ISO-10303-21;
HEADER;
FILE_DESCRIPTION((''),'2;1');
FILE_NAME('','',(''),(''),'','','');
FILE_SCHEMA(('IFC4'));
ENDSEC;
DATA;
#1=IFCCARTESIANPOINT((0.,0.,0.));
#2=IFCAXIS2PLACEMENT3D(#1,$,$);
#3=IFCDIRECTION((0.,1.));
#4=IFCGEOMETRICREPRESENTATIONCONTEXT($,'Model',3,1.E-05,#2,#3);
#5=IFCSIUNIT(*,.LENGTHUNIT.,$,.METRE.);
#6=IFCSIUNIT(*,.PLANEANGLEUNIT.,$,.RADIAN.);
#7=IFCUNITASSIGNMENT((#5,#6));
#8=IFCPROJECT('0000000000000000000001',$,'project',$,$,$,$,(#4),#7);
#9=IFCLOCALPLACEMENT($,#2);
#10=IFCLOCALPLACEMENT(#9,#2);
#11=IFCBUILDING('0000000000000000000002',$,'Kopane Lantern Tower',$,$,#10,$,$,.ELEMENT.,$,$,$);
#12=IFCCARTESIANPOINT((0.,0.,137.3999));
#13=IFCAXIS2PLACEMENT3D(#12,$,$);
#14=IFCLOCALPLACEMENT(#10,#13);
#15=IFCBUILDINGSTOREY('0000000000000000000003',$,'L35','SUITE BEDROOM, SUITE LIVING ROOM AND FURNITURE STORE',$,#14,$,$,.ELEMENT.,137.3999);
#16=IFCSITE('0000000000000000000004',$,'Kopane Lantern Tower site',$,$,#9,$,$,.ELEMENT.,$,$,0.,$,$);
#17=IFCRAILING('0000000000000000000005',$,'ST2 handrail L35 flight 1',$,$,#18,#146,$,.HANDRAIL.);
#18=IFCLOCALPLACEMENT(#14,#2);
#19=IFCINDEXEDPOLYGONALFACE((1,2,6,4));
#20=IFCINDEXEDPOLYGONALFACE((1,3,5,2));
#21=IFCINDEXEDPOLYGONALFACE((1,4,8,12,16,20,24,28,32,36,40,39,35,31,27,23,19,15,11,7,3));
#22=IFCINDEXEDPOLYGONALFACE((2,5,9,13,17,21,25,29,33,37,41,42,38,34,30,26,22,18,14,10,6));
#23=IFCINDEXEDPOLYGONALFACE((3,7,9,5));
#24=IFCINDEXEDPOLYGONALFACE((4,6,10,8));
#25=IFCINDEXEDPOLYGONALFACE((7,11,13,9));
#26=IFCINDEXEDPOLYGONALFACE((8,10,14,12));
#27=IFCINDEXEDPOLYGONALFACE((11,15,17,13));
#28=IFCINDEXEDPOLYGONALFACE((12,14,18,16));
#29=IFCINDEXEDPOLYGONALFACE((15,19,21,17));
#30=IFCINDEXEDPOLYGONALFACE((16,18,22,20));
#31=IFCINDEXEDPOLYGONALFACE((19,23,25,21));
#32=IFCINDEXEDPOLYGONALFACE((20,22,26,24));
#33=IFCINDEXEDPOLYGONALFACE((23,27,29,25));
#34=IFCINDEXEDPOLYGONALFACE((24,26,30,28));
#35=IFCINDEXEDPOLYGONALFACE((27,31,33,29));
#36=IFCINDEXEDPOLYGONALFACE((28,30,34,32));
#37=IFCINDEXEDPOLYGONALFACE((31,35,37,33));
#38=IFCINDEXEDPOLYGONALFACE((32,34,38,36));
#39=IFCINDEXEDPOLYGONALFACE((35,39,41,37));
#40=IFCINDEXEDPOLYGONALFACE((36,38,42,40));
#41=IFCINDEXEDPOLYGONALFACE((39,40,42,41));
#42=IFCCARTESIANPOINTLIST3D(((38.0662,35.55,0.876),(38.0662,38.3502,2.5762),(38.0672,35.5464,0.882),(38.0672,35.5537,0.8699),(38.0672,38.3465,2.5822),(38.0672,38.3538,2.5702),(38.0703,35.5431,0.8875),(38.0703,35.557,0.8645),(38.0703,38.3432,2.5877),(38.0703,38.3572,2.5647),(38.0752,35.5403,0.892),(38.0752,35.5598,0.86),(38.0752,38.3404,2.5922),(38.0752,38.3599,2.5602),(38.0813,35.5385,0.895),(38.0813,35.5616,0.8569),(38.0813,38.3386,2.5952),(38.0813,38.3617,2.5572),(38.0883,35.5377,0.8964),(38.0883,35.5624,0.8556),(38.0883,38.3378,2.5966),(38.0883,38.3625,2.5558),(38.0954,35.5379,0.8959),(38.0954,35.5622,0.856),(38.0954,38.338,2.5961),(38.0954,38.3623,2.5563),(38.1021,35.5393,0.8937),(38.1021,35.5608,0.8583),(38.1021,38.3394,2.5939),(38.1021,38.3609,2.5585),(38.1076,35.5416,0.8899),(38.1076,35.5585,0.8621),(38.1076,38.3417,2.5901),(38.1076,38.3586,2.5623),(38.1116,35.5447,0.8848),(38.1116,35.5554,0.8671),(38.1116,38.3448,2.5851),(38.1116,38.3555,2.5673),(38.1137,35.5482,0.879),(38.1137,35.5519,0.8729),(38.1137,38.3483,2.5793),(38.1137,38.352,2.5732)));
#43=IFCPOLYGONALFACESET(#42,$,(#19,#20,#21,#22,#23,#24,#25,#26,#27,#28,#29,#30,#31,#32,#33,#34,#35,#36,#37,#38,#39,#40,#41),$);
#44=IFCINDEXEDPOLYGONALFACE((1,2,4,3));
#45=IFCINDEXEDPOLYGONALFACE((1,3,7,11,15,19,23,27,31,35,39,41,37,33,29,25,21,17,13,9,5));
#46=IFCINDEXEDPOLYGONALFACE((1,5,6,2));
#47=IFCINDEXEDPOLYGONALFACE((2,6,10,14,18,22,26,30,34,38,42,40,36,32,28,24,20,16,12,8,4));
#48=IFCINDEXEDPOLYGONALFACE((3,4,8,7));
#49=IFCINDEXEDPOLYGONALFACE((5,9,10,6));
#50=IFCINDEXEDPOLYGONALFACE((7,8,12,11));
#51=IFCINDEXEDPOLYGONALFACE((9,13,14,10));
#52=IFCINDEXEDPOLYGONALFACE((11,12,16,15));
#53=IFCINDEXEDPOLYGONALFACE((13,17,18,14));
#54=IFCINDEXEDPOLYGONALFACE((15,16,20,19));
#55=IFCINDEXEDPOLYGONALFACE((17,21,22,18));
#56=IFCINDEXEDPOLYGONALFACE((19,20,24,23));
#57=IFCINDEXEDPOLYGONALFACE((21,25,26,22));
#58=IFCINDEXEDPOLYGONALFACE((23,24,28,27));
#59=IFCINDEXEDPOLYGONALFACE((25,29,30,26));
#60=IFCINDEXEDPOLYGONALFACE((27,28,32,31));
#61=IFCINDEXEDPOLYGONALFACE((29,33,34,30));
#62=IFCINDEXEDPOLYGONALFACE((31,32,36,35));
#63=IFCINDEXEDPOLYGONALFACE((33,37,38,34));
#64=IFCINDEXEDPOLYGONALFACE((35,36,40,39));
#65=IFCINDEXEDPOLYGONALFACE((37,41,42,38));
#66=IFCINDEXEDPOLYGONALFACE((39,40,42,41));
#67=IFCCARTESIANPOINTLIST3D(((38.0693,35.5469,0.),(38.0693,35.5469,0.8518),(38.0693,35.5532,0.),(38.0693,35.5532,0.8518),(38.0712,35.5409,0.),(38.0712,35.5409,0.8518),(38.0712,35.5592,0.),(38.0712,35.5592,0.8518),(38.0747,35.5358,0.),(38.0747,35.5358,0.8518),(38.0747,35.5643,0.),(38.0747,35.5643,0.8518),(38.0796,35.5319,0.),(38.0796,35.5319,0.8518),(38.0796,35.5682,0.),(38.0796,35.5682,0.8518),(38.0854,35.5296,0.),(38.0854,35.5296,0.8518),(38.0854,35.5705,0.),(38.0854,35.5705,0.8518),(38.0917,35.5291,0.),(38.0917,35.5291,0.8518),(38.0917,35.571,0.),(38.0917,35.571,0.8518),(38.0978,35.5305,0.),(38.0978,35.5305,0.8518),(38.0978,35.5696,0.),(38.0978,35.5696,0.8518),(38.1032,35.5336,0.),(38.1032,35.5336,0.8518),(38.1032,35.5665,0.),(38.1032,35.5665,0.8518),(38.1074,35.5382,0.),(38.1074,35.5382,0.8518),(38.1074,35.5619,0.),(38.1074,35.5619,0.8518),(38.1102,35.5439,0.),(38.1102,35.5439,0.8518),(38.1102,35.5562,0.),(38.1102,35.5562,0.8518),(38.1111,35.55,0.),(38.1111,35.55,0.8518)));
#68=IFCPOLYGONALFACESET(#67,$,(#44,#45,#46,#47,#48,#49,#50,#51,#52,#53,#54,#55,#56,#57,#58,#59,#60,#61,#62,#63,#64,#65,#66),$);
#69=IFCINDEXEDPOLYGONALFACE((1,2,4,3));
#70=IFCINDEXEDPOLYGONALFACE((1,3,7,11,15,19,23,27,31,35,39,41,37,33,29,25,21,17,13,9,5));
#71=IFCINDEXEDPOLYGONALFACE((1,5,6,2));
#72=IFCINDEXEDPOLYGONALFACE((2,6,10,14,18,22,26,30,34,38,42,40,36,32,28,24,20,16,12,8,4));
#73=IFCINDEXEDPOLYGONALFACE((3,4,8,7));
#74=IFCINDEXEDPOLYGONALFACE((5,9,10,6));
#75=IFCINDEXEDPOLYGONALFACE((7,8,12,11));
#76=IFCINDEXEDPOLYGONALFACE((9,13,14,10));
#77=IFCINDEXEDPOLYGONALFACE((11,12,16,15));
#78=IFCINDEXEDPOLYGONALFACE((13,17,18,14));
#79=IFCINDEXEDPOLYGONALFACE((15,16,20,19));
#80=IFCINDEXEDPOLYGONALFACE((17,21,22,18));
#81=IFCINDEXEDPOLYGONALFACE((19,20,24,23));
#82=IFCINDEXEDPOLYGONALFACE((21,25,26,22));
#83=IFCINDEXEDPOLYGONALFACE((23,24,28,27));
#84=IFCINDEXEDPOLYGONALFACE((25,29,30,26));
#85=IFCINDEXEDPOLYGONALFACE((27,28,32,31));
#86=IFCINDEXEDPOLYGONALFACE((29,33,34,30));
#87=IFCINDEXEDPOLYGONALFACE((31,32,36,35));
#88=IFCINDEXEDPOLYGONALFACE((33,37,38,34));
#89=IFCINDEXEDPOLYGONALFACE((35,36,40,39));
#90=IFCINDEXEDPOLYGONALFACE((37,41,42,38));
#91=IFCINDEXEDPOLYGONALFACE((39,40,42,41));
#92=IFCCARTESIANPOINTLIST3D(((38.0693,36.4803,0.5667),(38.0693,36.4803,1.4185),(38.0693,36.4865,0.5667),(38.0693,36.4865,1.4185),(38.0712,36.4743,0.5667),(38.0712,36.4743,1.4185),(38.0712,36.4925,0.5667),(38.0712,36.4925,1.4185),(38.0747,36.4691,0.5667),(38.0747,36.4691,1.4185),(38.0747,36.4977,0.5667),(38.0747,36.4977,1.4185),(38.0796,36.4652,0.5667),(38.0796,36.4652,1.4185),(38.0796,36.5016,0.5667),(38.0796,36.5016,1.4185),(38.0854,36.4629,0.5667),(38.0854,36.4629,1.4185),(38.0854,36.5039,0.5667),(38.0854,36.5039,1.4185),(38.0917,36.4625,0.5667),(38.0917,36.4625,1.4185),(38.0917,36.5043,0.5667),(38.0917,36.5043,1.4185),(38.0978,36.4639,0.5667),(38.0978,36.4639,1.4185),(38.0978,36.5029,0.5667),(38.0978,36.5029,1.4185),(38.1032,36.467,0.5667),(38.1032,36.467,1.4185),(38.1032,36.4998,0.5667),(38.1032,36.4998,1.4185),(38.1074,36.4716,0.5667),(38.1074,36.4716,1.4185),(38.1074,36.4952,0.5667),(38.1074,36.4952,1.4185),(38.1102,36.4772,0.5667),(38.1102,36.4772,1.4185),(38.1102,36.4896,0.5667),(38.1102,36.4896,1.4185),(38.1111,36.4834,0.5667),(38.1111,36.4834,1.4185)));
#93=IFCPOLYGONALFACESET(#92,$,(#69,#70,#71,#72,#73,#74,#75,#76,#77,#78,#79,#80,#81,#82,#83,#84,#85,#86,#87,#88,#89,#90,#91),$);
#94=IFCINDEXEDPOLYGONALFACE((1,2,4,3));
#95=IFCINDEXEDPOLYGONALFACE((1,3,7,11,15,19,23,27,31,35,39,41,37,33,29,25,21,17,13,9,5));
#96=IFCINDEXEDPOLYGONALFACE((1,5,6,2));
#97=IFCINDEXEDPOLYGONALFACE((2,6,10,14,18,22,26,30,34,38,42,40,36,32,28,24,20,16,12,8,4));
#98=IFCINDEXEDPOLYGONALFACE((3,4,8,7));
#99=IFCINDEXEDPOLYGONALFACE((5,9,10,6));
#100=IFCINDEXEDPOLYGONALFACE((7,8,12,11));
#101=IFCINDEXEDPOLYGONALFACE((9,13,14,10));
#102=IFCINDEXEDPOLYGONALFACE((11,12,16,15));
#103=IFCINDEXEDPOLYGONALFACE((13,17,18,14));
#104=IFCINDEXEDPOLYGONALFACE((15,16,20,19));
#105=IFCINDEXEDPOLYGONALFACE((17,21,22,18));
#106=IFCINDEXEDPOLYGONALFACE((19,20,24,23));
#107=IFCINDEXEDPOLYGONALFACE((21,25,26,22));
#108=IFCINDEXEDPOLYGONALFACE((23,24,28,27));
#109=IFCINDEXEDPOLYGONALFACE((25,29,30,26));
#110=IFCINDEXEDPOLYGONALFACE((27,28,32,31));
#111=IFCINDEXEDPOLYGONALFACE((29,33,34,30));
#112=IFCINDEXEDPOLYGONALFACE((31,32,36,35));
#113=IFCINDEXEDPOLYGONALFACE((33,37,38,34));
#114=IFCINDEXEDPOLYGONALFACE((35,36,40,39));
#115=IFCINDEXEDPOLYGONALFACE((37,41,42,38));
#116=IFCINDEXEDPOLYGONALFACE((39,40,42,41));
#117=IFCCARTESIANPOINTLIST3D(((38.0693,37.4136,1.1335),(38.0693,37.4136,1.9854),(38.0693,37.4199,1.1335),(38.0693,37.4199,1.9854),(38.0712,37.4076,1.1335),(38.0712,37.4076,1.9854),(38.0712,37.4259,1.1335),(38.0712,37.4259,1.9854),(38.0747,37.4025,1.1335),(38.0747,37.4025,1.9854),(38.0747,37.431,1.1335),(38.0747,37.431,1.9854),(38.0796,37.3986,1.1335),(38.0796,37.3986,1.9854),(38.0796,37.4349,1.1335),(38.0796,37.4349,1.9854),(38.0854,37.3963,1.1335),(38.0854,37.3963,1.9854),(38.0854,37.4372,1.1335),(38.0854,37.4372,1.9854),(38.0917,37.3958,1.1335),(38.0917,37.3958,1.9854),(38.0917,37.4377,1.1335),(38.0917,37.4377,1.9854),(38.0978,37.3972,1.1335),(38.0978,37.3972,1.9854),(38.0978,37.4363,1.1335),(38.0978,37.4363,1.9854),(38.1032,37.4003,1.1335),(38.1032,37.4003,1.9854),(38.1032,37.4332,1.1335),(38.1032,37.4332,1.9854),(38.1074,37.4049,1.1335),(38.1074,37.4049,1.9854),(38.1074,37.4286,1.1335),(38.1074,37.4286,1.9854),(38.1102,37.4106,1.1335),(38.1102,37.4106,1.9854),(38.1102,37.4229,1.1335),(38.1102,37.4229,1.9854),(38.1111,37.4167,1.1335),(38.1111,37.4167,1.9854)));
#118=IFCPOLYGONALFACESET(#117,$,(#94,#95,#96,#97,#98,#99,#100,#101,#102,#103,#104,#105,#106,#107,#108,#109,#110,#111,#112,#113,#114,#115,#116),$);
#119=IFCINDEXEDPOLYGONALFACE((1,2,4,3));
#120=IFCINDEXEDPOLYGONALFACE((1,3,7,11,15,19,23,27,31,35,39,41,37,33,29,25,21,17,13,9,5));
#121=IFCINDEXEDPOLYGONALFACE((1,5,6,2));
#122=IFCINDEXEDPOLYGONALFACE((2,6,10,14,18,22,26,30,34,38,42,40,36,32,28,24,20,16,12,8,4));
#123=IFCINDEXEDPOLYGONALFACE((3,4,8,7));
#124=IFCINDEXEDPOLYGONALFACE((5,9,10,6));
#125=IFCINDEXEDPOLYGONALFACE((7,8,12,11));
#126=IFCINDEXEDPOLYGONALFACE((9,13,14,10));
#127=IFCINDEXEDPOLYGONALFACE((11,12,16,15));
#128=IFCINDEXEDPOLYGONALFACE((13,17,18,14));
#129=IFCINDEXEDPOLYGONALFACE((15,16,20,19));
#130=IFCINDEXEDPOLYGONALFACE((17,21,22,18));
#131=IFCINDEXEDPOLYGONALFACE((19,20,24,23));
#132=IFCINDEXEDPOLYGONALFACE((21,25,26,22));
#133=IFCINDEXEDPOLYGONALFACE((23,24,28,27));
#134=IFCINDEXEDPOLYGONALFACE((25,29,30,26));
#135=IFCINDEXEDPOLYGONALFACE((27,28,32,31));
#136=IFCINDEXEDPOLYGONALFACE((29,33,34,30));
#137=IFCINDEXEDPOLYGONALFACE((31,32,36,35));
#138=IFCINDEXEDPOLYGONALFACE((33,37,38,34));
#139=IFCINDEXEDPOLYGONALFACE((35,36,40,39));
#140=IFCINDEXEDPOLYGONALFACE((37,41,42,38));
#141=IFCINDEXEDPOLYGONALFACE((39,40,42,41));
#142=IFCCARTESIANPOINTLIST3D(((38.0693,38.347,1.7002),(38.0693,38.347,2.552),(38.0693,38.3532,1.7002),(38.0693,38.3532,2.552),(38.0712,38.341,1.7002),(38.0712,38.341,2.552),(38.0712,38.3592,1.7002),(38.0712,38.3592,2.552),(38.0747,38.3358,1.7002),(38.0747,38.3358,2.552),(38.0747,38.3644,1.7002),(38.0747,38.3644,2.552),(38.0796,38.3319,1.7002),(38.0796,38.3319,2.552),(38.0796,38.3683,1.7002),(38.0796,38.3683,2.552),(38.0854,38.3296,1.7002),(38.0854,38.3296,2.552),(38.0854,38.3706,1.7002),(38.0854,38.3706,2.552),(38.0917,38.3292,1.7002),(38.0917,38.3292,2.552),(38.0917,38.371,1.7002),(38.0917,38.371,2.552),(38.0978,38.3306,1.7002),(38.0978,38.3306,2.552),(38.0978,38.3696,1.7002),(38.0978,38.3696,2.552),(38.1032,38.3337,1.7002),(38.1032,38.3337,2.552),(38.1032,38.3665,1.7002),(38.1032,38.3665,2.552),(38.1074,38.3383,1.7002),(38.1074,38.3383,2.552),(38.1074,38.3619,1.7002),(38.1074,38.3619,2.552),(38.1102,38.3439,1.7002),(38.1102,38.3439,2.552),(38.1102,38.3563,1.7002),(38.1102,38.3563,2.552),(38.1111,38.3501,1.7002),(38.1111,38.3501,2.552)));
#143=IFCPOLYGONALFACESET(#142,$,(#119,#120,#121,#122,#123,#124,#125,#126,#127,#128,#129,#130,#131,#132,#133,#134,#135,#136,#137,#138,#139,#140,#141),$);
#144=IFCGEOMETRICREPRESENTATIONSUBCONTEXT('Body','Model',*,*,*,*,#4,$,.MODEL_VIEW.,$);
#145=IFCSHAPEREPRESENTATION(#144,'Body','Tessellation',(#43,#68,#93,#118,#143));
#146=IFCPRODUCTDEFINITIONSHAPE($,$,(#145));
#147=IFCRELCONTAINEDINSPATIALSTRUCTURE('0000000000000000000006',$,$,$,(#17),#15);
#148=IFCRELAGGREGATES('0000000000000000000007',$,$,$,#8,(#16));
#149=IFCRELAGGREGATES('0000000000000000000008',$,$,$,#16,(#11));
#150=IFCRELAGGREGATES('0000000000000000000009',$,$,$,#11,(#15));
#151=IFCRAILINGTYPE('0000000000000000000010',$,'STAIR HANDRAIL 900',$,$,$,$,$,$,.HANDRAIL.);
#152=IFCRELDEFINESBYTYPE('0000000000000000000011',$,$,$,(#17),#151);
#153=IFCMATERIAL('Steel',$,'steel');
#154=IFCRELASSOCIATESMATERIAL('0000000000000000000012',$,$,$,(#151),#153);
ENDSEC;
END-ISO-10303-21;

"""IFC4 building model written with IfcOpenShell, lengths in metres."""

from ifc_helpers import new_model, si_unit, direction, frame, origin, origin_2d, place, context, subcontext, project, spatial, circle, extrude, material, type_object, element, save


model = new_model("IFC4")

# Units and contexts
model_context = context("Model", 3, precision=1e-05, world=origin(), true_north=direction((0.0, 1.0)))
body_context = subcontext(model_context, "Body", "Model", "MODEL_VIEW")
ifc_project = project(units=[si_unit("LENGTHUNIT", "METRE"), si_unit("PLANEANGLEUNIT", "RADIAN")], contexts=[model_context])

# Site, building, storey
site_placement = place(None, origin())
site = spatial("IfcSite", under=ifc_project, at=site_placement, Name="Kopane Lantern Tower site", CompositionType="ELEMENT", RefElevation=0.0)
building_placement = place(site_placement, origin())
building = spatial("IfcBuilding", under=site, at=building_placement, Name="Kopane Lantern Tower", CompositionType="ELEMENT")
storey_placement = place(building_placement, frame((0.0, 0.0, 137.3999)))
storey = spatial("IfcBuildingStorey", under=building, at=storey_placement, Name="L35", Description="SUITE BEDROOM, SUITE LIVING ROOM AND FURNITURE STORE", CompositionType="ELEMENT", Elevation=137.3999)

# Railing
ifc_material_1 = material(Name="Steel", Category="steel")
railing_type_1 = type_object("IfcRailingType", Name="STAIR HANDRAIL 900", PredefinedType="HANDRAIL", material=ifc_material_1)
for number, where, name in (
    (1, (38.0901, 35.55, 0.0), "ST2 handrail L35 flight 1"),
):
    element("IfcRailing", number, at=place(storey_placement, frame(where)), inside=storey, type_object=railing_type_1, Name=name, PredefinedType="HANDRAIL", context=body_context, shape_type="SweptSolid", body=[
        extrude(circle(Radius=0.0239, at=origin_2d()), frame((0.0, 0.0, 0.876), z_axis=(0.0, 0.854765, 0.519015), x_axis=(-1.0, 0.0, 0.0)), (0.0, 0.0, 1.0), 3.2759),
        extrude(circle(Radius=0.021, at=origin_2d()), origin(), (0.0, 0.0, 1.0), 0.8518),
        extrude(circle(Radius=0.021, at=origin_2d()), frame((0.0, 0.9333, 0.5667)), (0.0, 0.0, 1.0), 0.8518),
        extrude(circle(Radius=0.021, at=origin_2d()), frame((0.0, 1.8667, 1.1335)), (0.0, 0.0, 1.0), 0.8518),
        extrude(circle(Radius=0.021, at=origin_2d()), frame((0.0, 2.8, 1.7002)), (0.0, 0.0, 1.0), 0.8518),
    ])

save(model, "model.ifc")
